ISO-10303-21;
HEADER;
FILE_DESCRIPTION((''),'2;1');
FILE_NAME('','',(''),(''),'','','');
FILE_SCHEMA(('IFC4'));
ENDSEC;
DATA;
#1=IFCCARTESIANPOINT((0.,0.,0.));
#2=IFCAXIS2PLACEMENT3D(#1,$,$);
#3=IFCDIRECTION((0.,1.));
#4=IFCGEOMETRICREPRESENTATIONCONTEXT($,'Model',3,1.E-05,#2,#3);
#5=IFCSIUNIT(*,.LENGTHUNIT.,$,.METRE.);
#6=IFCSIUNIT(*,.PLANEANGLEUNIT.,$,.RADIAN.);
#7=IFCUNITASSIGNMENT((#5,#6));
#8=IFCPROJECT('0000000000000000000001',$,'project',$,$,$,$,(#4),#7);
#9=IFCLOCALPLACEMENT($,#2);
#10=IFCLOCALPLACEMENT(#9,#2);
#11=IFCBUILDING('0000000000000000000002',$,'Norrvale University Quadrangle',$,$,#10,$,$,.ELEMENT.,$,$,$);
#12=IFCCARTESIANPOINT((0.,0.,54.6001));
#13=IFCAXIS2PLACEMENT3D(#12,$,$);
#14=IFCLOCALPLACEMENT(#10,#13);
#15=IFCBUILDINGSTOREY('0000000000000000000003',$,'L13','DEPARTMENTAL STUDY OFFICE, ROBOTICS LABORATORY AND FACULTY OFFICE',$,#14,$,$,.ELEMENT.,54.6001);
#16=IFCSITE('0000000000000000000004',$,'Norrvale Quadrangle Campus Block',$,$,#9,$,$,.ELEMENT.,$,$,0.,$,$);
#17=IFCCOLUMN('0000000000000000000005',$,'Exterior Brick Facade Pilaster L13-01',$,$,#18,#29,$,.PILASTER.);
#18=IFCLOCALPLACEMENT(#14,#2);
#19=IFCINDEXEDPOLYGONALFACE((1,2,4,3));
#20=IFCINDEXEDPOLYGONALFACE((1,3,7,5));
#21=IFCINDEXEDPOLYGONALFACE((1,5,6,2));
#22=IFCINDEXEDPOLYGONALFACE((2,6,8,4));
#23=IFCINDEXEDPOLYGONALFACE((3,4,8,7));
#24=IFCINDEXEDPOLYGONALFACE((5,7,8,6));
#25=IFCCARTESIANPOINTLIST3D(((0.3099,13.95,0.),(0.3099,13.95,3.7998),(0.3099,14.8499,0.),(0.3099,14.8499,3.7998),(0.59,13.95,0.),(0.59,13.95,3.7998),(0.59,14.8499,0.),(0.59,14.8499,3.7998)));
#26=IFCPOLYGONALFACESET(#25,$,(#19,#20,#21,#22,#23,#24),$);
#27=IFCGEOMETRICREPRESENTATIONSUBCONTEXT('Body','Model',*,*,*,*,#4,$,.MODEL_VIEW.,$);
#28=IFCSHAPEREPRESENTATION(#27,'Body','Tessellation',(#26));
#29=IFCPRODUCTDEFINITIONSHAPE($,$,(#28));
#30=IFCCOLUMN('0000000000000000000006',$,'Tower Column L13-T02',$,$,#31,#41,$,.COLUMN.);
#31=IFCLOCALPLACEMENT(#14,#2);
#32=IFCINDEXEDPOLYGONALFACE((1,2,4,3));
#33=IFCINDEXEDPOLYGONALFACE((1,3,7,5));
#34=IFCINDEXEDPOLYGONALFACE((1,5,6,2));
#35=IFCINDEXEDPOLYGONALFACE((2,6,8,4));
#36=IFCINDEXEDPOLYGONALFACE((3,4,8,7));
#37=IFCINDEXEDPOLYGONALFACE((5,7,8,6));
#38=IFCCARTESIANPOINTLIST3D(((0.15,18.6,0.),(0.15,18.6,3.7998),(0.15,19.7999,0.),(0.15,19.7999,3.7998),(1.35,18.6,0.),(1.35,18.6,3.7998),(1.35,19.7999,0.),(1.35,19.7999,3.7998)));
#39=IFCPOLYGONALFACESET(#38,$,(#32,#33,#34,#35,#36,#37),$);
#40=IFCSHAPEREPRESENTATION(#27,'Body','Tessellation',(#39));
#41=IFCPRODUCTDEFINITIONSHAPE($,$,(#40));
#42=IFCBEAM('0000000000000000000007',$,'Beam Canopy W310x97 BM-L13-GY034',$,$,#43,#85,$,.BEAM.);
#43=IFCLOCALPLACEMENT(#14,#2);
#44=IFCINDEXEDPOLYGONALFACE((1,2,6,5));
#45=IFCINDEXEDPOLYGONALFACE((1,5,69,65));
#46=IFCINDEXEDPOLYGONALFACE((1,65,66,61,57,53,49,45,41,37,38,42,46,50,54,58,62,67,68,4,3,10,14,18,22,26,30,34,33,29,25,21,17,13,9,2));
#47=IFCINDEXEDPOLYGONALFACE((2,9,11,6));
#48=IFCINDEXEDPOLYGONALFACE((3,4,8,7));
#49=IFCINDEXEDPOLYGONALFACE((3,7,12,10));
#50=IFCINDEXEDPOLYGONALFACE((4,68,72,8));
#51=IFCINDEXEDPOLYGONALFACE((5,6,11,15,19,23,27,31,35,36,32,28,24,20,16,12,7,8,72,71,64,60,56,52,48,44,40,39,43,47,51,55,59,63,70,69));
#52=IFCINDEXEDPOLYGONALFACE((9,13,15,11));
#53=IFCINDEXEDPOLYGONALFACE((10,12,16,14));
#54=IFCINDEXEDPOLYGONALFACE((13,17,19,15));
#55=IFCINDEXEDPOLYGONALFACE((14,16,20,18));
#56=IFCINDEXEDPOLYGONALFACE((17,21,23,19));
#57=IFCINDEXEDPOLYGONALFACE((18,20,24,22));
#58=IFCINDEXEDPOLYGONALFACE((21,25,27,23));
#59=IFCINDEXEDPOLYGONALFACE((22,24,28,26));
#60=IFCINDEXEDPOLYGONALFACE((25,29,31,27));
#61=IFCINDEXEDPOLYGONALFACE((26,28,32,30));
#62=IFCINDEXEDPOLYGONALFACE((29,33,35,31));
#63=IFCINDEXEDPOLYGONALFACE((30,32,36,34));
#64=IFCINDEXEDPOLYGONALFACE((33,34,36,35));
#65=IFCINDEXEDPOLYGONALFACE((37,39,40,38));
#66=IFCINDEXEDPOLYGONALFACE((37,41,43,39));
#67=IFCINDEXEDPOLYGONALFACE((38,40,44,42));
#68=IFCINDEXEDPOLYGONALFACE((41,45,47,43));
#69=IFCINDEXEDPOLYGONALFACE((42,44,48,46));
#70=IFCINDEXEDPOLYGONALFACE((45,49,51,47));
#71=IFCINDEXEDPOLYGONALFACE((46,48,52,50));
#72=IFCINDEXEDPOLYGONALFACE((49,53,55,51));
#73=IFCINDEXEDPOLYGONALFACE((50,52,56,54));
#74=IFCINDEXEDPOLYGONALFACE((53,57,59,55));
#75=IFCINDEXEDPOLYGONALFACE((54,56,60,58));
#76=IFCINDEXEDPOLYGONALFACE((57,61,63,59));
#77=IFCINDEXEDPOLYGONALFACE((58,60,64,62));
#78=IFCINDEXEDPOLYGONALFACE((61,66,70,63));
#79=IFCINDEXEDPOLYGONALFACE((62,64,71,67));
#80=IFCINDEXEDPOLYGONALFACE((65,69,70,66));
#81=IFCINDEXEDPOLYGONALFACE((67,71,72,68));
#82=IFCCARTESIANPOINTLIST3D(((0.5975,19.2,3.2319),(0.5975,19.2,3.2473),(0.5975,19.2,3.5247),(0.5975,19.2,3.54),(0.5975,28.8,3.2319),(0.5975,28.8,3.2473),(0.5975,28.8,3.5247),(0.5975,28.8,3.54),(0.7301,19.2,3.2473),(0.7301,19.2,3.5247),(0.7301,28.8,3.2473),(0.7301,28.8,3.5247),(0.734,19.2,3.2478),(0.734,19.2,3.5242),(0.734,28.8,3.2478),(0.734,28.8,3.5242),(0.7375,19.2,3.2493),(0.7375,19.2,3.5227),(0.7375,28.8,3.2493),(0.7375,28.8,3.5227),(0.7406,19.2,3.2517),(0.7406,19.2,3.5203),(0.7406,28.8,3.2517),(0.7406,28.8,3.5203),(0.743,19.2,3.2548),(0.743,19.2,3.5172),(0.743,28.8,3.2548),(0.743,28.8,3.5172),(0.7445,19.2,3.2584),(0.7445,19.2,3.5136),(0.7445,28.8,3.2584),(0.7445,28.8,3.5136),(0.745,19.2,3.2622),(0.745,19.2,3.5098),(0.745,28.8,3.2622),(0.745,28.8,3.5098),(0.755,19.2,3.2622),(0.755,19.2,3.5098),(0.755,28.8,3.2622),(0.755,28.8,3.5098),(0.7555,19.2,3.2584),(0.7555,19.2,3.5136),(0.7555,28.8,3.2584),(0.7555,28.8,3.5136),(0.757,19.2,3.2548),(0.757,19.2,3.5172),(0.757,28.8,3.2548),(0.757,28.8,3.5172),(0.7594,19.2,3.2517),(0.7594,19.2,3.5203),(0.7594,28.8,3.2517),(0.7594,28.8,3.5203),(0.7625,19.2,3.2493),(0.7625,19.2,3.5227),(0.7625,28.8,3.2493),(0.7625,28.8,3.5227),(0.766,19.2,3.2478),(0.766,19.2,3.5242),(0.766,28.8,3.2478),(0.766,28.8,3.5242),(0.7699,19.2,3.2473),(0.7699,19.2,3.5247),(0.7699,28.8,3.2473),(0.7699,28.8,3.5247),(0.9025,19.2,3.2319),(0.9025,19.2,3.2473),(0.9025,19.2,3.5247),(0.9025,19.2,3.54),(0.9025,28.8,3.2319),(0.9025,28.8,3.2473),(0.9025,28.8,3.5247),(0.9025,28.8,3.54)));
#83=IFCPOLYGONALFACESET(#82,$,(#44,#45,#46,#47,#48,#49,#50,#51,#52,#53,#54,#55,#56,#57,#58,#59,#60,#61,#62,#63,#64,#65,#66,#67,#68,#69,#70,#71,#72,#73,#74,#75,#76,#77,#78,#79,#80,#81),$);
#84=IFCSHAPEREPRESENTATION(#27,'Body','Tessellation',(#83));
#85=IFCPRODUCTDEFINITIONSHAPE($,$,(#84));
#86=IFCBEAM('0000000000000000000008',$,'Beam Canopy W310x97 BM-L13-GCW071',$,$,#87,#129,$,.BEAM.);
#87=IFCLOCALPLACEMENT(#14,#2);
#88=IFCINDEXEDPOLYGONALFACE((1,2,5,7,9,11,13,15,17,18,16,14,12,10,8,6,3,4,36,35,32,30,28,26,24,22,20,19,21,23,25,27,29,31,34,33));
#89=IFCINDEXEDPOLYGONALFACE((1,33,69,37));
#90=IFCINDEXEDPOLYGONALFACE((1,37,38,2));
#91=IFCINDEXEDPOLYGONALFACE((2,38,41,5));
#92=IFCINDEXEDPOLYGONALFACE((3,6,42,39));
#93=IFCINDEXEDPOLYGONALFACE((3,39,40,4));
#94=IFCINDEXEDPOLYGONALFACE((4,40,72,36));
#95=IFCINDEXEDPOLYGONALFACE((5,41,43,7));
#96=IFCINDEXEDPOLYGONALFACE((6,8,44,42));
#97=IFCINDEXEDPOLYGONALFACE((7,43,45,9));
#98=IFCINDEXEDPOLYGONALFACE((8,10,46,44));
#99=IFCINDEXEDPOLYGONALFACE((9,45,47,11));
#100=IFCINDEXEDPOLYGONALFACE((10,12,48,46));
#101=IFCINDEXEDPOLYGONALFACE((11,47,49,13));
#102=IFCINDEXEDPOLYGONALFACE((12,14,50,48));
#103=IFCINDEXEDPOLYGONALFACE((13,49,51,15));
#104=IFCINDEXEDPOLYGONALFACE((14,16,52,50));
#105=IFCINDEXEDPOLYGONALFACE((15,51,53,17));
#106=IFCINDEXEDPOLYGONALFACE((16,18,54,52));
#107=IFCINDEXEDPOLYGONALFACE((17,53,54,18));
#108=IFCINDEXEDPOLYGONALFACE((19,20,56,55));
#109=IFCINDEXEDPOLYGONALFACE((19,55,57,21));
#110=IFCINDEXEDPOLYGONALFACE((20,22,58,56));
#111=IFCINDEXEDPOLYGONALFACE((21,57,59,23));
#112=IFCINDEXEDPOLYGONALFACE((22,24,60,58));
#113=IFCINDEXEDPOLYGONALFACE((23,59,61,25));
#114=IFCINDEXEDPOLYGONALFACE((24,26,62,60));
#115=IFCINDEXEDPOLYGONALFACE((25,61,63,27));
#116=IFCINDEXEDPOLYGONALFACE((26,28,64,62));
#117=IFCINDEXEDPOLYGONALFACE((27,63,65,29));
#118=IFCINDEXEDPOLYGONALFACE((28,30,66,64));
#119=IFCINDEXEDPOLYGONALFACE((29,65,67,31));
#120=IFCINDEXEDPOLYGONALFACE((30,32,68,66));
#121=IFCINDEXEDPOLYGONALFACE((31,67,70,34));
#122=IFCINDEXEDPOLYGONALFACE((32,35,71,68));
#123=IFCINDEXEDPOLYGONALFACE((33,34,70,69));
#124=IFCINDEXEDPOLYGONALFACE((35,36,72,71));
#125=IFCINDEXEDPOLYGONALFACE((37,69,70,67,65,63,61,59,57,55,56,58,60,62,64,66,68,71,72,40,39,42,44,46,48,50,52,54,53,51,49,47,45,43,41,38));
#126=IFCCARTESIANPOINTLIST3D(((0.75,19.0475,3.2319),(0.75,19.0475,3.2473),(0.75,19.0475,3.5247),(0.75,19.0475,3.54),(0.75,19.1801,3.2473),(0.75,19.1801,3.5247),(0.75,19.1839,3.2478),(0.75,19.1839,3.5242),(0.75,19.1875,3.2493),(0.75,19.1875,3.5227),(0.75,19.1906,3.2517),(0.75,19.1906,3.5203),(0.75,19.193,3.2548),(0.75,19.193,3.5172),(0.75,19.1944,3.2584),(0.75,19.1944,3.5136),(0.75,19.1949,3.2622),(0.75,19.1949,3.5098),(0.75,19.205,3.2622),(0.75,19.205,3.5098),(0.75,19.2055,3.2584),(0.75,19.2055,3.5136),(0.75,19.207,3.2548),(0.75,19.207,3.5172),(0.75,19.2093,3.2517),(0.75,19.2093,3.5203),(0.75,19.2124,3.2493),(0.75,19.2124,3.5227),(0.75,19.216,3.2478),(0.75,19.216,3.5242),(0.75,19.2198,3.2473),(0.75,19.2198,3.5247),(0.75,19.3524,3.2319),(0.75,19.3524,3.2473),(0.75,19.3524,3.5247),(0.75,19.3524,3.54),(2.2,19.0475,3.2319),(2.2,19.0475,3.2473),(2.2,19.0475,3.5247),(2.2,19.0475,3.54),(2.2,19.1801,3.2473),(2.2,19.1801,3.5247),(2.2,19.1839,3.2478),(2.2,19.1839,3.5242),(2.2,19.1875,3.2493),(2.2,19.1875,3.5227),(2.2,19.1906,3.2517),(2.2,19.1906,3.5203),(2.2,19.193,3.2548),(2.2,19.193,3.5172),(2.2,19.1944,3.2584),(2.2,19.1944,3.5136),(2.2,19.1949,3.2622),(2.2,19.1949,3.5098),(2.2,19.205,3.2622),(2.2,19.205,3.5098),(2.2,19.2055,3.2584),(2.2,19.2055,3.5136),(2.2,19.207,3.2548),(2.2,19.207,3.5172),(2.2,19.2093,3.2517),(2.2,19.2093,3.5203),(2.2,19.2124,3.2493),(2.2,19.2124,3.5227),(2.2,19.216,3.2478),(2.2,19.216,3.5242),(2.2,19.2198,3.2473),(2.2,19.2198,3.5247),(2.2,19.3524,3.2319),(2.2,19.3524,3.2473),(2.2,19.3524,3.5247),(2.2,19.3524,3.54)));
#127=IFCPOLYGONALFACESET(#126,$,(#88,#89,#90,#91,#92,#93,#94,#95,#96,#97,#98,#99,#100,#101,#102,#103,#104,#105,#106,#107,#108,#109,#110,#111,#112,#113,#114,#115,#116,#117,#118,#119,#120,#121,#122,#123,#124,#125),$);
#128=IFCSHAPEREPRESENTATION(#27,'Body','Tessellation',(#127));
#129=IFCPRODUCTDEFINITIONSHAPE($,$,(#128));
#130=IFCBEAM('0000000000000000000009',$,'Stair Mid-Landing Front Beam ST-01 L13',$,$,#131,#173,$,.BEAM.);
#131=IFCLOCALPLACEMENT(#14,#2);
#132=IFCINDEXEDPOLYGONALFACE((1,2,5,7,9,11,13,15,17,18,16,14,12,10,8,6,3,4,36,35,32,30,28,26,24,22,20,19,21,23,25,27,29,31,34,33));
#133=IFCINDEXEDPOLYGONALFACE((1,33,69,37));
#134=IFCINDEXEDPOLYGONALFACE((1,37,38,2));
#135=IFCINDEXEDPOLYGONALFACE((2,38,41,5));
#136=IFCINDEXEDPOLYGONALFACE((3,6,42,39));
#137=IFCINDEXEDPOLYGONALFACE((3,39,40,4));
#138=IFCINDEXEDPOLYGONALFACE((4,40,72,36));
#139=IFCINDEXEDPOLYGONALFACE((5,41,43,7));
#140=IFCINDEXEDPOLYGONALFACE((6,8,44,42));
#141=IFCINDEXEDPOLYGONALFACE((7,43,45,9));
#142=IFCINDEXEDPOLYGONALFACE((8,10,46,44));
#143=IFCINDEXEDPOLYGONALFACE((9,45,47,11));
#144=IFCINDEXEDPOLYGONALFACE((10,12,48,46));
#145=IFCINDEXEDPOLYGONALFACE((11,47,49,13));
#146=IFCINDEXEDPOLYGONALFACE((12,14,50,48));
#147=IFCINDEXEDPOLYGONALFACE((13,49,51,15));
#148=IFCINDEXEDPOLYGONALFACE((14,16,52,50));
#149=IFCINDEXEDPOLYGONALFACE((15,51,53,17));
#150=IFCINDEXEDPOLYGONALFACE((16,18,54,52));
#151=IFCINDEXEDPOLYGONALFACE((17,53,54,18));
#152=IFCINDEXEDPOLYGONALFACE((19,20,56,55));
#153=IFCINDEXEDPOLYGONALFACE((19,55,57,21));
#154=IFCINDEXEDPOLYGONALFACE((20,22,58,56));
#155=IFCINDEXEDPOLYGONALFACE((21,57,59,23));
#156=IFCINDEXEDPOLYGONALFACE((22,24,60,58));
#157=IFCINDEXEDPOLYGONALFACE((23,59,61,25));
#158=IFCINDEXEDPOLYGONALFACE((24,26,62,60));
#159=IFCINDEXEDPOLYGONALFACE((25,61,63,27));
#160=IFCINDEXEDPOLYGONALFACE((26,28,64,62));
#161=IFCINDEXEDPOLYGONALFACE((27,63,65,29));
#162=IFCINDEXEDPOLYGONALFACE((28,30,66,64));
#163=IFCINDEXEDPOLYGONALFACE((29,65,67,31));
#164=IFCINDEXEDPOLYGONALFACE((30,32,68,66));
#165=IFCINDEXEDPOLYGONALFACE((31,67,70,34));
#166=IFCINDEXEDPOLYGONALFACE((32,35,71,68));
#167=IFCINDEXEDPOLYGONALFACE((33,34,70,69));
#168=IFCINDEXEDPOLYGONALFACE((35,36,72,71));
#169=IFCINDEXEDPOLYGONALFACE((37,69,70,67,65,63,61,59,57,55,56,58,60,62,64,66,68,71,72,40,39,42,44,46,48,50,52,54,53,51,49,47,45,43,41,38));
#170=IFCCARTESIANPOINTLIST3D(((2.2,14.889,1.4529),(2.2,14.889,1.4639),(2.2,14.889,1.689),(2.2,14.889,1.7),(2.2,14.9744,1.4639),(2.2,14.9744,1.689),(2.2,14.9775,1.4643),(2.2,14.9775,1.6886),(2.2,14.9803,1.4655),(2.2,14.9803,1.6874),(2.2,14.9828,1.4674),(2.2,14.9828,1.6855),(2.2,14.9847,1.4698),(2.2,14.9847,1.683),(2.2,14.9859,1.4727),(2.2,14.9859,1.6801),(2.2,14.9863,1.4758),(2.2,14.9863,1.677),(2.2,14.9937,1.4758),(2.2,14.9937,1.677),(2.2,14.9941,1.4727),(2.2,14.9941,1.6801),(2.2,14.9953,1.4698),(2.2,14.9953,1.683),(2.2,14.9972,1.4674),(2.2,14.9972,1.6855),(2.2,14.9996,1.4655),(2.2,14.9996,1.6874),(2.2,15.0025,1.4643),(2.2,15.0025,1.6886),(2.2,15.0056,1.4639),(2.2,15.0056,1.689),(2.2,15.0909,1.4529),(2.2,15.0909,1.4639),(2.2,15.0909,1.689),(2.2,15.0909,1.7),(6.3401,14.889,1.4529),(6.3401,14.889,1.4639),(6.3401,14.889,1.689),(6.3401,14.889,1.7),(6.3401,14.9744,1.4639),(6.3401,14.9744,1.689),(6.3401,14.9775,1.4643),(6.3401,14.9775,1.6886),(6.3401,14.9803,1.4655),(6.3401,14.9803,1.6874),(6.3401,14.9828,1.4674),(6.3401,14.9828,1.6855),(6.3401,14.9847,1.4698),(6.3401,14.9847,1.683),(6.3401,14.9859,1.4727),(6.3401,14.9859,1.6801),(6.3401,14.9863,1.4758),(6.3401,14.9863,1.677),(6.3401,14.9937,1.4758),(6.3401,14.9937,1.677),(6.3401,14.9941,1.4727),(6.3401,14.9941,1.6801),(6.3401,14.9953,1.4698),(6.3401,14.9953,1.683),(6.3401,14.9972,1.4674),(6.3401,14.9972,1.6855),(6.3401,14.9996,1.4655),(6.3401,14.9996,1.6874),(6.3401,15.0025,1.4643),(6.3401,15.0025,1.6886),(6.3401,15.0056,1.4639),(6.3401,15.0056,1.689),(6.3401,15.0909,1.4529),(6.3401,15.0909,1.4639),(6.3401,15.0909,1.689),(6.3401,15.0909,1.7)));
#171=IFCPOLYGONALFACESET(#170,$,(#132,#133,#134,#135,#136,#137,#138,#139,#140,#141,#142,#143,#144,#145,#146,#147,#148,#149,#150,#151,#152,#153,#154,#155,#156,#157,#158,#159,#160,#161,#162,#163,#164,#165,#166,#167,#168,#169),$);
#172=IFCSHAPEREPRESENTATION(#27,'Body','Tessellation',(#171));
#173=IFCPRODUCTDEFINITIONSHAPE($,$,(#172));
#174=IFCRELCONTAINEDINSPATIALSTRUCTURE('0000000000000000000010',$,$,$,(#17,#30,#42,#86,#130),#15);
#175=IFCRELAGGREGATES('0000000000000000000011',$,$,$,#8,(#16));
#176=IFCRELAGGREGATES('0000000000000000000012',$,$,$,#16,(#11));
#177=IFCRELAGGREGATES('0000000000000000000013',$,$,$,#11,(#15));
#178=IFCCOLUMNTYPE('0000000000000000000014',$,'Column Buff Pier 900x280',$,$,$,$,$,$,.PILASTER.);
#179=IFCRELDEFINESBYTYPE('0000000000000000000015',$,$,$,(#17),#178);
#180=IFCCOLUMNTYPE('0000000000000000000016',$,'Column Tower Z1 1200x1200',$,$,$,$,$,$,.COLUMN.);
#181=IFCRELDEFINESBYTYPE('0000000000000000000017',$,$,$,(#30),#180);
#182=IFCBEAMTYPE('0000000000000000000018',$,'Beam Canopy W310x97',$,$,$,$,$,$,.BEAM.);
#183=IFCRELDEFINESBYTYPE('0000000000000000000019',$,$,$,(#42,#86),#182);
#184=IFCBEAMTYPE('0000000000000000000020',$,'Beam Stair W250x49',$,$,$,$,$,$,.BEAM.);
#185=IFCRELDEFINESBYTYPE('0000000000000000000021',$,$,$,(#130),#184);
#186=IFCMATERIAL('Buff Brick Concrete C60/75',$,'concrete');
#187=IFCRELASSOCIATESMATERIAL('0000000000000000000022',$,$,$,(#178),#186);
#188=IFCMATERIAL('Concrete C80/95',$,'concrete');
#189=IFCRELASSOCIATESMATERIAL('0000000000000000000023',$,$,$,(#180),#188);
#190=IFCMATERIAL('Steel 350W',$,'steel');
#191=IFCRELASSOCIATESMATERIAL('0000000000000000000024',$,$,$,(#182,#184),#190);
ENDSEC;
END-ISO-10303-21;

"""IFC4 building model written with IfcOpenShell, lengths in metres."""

from ifc_helpers import new_model, si_unit, direction, frame, origin, origin_2d, place, context, subcontext, project, spatial, rectangle, i_section, extrude, material, material_profile, profile_set, type_object, element, save


model = new_model("IFC4")

# Units and contexts
model_context = context("Model", 3, precision=1e-05, world=origin(), true_north=direction((0.0, 1.0)))
body_context = subcontext(model_context, "Body", "Model", "MODEL_VIEW")
ifc_project = project(units=[si_unit("LENGTHUNIT", "METRE"), si_unit("PLANEANGLEUNIT", "RADIAN")], contexts=[model_context])

# Site, building, storey
site_placement = place(None, origin())
site = spatial("IfcSite", under=ifc_project, at=site_placement, Name="Norrvale Quadrangle Campus Block", CompositionType="ELEMENT", RefElevation=0.0)
building_placement = place(site_placement, origin())
building = spatial("IfcBuilding", under=site, at=building_placement, Name="Norrvale University Quadrangle", CompositionType="ELEMENT")
storey_placement = place(building_placement, frame((0.0, 0.0, 54.6001)))
storey = spatial("IfcBuildingStorey", under=building, at=storey_placement, Name="L13", Description="DEPARTMENTAL STUDY OFFICE, ROBOTICS LABORATORY AND FACULTY OFFICE", CompositionType="ELEMENT", Elevation=54.6001)

# Columns
ifc_material_1 = material(Name="Buff Brick Concrete C60/75", Category="concrete")
ifc_material_profile_1 = material_profile(ifc_material_1, rectangle(XDim=0.8999, YDim=0.28, at=origin_2d()), Name="Buff Brick Concrete C60/75")
ifc_profile_set_1 = profile_set([ifc_material_profile_1], Name="Buff Brick Concrete C60/75")
column_type_1 = type_object("IfcColumnType", Name="Column Buff Pier 900x280", PredefinedType="PILASTER", material=ifc_profile_set_1)
column_1_placement = place(storey_placement, frame((0.45, 14.3999, 0.0), z_axis=(0.0, 0.0, 1.0), x_axis=(0.0, 1.0, 0.0)))
element("IfcColumn", 1, at=column_1_placement, inside=storey, type_object=column_type_1, Name="Exterior Brick Facade Pilaster L13-01", PredefinedType="PILASTER", context=body_context, shape_type="SweptSolid", body=[
    extrude(rectangle(XDim=0.8999, YDim=0.28, at=origin_2d()), origin(), (0.0, 0.0, 1.0), 3.7998),
])
ifc_material_2 = material(Name="Concrete C80/95", Category="concrete")
ifc_material_profile_2 = material_profile(ifc_material_2, rectangle(XDim=1.2, YDim=1.2, at=origin_2d()), Name="Concrete C80/95")
ifc_profile_set_2 = profile_set([ifc_material_profile_2], Name="Concrete C80/95")
column_type_2 = type_object("IfcColumnType", Name="Column Tower Z1 1200x1200", PredefinedType="COLUMN", material=ifc_profile_set_2)
column_2_placement = place(storey_placement, frame((0.75, 19.2, 0.0), z_axis=(0.0, 0.0, 1.0), x_axis=(1.0, 0.0, 0.0)))
element("IfcColumn", 2, at=column_2_placement, inside=storey, type_object=column_type_2, Name="Tower Column L13-T02", PredefinedType="COLUMN", context=body_context, shape_type="SweptSolid", body=[
    extrude(rectangle(XDim=1.2, YDim=1.2, at=origin_2d()), origin(), (0.0, 0.0, 1.0), 3.7998),
])

# Beams
ifc_material_3 = material(Name="Steel 350W", Category="steel")
ifc_material_profile_3 = material_profile(ifc_material_3, i_section(OverallWidth=0.3049, OverallDepth=0.3081, WebThickness=0.01, FlangeThickness=0.0154, FilletRadius=0.0149, at=origin_2d()), Name="Steel 350W")
ifc_profile_set_3 = profile_set([ifc_material_profile_3], Name="Steel 350W")
beam_type_1 = type_object("IfcBeamType", Name="Beam Canopy W310x97", PredefinedType="BEAM", material=ifc_profile_set_3)
beam_1_placement = place(storey_placement, frame((0.75, 19.2, 3.386), z_axis=(0.0, 1.0, 0.0), x_axis=(-1.0, 0.0, 0.0)))
element("IfcBeam", 3, at=beam_1_placement, inside=storey, type_object=beam_type_1, Name="Beam Canopy W310x97 BM-L13-GY034", PredefinedType="BEAM", context=body_context, shape_type="SweptSolid", body=[
    extrude(i_section(OverallWidth=0.3049, OverallDepth=0.3081, WebThickness=0.01, FlangeThickness=0.0154, FilletRadius=0.0149, at=origin_2d()), origin(), (0.0, 0.0, 1.0), 9.6001),
])
beam_2_placement = place(storey_placement, frame((0.75, 19.2, 3.386), z_axis=(1.0, 0.0, 0.0), x_axis=(0.0, 1.0, 0.0)))
element("IfcBeam", 4, at=beam_2_placement, inside=storey, type_object=beam_type_1, Name="Beam Canopy W310x97 BM-L13-GCW071", PredefinedType="BEAM", context=body_context, shape_type="SweptSolid", body=[
    extrude(i_section(OverallWidth=0.3049, OverallDepth=0.3081, WebThickness=0.01, FlangeThickness=0.0154, FilletRadius=0.0149, at=origin_2d()), origin(), (0.0, 0.0, 1.0), 1.45),
])
ifc_material_profile_4 = material_profile(ifc_material_3, i_section(OverallWidth=0.2019, OverallDepth=0.2471, WebThickness=0.0073, FlangeThickness=0.011, FilletRadius=0.012, at=origin_2d()), Name="Steel 350W")
ifc_profile_set_4 = profile_set([ifc_material_profile_4], Name="Steel 350W")
beam_type_2 = type_object("IfcBeamType", Name="Beam Stair W250x49", PredefinedType="BEAM", material=ifc_profile_set_4)
for number, where, z_axis, x_axis, name in (
    (5, (2.2, 14.99, 1.5764), (1.0, 0.0, 0.0), (0.0, 1.0, 0.0), "Stair Mid-Landing Front Beam ST-01 L13"),
):
    element("IfcBeam", number, at=place(storey_placement, frame(where, z_axis=z_axis, x_axis=x_axis)), inside=storey, type_object=beam_type_2, Name=name, PredefinedType="BEAM", context=body_context, shape_type="SweptSolid", body=[
        extrude(i_section(OverallWidth=0.2019, OverallDepth=0.2471, WebThickness=0.0073, FlangeThickness=0.011, FilletRadius=0.012, at=origin_2d()), origin(), (0.0, 0.0, 1.0), 4.1401),
    ])

save(model, "model.ifc")
